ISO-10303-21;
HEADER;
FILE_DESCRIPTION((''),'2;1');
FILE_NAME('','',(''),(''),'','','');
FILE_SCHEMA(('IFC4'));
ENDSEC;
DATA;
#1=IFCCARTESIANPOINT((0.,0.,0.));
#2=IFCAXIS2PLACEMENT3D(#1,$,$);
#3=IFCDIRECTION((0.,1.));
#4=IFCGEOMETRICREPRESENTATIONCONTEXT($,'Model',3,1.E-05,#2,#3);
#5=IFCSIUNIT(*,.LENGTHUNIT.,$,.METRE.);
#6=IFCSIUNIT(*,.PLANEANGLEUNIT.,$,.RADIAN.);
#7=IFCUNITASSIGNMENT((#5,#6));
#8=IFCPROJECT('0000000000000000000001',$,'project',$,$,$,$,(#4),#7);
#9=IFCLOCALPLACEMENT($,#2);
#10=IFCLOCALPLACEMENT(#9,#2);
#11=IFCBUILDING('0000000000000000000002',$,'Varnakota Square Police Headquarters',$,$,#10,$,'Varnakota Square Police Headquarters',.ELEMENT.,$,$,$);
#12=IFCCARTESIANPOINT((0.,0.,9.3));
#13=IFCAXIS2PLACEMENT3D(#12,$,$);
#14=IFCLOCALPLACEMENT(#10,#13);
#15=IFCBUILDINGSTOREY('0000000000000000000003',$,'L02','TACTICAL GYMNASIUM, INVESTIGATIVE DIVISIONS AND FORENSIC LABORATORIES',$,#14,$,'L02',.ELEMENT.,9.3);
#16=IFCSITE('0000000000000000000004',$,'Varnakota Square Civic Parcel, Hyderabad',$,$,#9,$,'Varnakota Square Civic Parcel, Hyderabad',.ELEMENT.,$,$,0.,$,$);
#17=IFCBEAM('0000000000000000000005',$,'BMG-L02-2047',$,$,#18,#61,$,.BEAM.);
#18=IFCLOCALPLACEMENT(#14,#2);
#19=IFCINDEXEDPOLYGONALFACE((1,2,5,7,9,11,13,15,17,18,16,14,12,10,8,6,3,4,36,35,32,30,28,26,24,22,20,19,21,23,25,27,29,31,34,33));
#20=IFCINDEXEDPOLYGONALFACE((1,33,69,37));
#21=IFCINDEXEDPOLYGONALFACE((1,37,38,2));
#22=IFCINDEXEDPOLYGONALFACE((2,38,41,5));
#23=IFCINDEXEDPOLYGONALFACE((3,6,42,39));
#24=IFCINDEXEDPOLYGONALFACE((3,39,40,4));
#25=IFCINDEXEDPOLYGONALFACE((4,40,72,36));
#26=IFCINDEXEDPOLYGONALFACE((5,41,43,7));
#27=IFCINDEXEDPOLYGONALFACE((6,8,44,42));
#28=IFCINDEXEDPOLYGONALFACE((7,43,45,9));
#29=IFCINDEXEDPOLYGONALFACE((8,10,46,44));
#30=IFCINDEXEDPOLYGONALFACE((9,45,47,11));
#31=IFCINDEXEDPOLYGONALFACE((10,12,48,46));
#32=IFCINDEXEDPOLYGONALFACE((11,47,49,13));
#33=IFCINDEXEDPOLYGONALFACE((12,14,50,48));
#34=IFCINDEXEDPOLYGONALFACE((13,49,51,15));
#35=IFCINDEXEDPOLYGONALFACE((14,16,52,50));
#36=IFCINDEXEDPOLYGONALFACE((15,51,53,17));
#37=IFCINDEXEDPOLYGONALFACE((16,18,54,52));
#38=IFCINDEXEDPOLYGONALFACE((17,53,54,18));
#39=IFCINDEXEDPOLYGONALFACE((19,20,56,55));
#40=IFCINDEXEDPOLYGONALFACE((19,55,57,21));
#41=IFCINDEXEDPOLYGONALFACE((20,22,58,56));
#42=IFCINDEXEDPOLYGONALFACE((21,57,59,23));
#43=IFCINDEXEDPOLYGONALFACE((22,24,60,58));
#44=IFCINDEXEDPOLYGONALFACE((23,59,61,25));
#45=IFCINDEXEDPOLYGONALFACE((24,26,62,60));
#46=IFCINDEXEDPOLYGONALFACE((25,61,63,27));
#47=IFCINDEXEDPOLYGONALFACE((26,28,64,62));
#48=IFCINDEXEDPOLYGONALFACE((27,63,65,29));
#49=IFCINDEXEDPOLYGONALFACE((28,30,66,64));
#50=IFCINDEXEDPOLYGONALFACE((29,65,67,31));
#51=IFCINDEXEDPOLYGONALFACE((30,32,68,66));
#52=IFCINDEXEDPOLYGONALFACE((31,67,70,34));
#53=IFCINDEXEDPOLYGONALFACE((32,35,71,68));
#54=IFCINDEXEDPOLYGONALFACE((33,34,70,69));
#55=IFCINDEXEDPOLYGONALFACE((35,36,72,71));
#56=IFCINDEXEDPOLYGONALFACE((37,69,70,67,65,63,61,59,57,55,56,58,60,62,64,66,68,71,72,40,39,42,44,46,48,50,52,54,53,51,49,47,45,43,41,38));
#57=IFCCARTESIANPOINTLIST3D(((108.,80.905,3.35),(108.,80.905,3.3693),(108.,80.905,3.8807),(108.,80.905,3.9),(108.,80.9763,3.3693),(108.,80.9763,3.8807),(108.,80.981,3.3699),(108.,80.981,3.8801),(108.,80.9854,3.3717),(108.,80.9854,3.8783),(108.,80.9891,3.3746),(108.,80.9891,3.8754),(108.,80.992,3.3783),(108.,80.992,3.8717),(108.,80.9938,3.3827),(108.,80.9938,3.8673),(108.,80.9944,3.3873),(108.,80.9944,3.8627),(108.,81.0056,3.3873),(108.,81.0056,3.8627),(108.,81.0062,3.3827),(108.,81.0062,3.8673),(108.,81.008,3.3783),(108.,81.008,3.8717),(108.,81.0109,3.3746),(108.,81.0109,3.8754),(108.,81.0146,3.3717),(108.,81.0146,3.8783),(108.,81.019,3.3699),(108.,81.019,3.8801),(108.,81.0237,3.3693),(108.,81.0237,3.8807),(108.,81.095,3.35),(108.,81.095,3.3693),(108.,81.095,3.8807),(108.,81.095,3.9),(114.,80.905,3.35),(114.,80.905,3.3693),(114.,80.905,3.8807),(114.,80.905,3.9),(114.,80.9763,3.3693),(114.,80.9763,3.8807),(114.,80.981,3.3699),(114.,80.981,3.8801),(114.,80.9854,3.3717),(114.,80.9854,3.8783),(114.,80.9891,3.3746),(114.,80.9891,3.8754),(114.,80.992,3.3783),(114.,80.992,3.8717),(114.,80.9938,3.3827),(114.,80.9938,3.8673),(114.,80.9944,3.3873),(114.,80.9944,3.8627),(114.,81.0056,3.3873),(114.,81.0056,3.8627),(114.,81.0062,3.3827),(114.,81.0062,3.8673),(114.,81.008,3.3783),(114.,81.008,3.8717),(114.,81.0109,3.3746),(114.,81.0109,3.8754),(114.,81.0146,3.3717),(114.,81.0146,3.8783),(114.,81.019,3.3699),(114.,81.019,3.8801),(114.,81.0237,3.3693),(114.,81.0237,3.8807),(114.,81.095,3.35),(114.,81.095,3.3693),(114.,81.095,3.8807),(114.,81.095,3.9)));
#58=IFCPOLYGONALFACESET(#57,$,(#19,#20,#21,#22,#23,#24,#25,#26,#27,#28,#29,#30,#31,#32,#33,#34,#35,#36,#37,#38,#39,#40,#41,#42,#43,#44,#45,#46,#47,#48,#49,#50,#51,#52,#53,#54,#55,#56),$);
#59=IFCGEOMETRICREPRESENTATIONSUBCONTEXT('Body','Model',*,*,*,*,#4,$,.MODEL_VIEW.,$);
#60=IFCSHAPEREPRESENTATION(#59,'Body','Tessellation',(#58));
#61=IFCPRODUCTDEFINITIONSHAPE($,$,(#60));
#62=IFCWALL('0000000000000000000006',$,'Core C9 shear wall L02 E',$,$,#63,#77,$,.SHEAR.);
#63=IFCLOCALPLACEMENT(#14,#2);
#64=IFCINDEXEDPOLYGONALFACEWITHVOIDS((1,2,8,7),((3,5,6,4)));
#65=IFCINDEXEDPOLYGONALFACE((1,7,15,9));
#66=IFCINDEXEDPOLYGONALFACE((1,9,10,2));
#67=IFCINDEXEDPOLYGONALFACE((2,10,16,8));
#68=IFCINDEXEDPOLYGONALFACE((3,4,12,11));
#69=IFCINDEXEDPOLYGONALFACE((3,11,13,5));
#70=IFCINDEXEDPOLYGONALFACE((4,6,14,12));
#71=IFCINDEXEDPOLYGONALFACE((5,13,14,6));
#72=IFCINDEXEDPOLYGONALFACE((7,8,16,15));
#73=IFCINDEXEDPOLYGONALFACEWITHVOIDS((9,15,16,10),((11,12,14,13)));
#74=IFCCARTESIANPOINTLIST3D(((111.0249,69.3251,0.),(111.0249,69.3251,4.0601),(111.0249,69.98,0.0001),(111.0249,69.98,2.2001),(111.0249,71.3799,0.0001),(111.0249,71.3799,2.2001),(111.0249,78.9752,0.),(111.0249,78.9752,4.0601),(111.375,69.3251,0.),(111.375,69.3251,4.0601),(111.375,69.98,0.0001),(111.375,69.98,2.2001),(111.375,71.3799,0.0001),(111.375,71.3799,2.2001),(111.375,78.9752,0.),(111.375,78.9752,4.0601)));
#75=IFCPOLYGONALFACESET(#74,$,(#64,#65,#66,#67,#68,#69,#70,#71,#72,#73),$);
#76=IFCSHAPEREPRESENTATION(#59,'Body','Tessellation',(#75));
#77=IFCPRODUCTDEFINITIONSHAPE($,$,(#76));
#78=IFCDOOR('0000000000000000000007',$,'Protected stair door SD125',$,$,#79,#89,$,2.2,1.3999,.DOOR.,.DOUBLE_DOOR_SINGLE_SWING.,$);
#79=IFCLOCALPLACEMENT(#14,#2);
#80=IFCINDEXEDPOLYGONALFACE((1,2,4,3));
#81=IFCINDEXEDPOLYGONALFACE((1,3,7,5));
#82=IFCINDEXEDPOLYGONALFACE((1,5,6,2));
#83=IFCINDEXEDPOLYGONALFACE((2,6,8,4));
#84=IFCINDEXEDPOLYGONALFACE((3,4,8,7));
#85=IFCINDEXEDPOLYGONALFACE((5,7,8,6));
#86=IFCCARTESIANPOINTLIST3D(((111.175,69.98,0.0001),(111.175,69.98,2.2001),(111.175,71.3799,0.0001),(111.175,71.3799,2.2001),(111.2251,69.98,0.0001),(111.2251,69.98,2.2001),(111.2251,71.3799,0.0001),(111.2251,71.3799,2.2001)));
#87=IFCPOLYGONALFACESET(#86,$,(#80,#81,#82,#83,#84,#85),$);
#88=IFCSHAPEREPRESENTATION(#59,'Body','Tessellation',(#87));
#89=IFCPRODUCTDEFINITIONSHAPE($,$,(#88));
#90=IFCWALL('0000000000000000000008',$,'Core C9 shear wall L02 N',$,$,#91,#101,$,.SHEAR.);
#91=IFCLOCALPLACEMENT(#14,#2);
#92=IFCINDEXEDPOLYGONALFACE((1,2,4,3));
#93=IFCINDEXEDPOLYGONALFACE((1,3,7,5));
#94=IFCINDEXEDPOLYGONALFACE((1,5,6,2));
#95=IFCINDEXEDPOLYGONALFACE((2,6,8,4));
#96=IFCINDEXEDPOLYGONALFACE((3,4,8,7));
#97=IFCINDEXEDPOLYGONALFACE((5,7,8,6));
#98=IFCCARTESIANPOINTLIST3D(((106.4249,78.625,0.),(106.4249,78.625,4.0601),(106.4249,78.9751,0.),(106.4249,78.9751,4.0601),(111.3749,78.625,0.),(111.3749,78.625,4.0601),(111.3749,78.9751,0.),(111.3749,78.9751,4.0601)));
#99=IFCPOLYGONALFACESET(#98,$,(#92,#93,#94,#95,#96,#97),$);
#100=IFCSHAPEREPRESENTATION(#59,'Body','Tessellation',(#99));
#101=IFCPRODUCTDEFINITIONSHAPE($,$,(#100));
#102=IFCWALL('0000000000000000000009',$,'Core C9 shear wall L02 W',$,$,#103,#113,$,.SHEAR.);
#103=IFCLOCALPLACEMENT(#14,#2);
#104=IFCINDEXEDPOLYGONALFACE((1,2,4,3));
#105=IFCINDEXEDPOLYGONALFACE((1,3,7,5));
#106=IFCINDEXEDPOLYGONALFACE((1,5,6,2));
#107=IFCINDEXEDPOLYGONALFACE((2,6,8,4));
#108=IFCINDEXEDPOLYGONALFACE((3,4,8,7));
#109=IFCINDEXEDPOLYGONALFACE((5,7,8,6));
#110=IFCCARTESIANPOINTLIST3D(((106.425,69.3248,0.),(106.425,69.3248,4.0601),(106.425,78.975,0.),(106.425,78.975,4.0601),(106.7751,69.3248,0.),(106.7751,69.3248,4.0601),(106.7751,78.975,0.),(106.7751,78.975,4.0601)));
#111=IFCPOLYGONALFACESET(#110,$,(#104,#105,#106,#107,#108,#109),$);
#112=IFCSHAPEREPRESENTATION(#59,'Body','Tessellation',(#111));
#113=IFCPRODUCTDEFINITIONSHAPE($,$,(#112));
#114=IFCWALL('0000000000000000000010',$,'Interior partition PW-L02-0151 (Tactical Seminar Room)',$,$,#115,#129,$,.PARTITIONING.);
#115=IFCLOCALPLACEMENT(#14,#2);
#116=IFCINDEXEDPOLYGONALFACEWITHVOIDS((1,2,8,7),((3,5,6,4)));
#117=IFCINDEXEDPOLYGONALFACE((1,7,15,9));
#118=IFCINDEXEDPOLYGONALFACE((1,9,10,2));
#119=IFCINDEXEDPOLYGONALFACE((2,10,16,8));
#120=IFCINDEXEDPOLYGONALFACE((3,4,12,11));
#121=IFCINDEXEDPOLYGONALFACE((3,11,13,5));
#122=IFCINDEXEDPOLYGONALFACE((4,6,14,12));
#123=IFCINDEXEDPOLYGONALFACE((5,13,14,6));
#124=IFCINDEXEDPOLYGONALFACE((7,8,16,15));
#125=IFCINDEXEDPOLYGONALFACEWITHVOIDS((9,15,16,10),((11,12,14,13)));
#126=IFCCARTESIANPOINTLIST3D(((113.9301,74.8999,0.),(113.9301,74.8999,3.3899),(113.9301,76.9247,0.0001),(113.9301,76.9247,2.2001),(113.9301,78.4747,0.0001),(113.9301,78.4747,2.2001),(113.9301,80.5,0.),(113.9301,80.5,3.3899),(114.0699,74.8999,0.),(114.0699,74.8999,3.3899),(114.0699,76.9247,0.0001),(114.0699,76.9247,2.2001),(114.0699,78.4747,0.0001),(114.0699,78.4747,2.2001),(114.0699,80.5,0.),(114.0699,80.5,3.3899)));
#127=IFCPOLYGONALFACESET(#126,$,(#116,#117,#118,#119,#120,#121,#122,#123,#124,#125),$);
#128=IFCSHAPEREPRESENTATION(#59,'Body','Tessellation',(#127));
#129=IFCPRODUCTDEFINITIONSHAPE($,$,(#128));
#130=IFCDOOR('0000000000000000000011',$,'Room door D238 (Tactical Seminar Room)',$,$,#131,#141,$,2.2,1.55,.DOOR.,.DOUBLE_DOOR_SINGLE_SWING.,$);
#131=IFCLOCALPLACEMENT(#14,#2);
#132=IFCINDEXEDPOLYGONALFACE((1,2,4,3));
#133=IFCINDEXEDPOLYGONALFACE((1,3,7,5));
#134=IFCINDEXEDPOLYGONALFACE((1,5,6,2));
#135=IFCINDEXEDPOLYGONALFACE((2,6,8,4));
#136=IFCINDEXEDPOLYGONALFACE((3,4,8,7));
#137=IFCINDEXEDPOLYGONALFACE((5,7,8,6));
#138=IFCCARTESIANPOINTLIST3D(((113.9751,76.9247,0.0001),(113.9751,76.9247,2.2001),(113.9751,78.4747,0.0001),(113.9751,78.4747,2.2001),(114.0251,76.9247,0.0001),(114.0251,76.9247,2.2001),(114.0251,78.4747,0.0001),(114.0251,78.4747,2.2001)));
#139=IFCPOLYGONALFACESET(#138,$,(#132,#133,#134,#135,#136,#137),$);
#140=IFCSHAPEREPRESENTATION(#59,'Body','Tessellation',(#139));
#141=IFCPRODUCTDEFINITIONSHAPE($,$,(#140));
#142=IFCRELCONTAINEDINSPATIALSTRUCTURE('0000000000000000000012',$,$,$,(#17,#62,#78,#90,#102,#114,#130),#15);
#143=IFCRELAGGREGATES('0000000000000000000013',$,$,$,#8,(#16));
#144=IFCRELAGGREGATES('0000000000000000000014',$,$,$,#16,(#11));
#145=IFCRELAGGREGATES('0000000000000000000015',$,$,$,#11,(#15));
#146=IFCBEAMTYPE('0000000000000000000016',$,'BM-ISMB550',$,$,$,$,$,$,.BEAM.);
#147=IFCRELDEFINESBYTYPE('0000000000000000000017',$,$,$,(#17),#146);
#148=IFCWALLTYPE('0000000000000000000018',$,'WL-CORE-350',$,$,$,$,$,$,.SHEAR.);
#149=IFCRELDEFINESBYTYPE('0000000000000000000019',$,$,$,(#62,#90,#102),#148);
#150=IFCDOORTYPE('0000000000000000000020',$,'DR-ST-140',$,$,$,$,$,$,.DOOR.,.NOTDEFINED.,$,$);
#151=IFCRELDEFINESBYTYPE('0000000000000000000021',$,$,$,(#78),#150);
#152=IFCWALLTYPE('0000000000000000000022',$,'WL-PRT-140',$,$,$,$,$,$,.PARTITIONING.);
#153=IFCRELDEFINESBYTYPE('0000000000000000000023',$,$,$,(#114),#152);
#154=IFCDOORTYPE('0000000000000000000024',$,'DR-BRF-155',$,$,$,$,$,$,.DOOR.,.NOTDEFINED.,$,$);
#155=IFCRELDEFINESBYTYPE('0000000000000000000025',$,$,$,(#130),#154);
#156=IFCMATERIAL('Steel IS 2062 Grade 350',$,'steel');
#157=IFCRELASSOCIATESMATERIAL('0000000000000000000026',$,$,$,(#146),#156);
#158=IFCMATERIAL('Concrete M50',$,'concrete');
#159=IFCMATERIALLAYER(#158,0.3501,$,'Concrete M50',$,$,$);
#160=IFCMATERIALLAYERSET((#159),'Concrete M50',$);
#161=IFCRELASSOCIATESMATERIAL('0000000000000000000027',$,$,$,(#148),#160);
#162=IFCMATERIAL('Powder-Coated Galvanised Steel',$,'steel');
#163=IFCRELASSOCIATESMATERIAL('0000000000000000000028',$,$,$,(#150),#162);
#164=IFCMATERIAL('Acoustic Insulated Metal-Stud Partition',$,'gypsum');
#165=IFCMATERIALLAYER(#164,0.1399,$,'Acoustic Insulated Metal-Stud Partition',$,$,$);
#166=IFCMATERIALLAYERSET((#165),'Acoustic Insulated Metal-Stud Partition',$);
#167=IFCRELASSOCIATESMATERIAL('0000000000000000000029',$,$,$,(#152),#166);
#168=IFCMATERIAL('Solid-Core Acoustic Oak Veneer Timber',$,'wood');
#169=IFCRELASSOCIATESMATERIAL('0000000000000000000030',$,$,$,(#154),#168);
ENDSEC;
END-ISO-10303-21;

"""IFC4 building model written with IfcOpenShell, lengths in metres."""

from ifc_helpers import new_model, si_unit, direction, frame, frame_2d, origin, origin_2d, place, context, subcontext, project, spatial, rectangle, i_section, extrude, material, layer, layer_set, material_profile, profile_set, type_object, element, fill, save


model = new_model("IFC4")

# Units and contexts
model_context = context("Model", 3, precision=1e-05, world=origin(), true_north=direction((0.0, 1.0)))
body_context = subcontext(model_context, "Body", "Model", "MODEL_VIEW")
ifc_project = project(units=[si_unit("LENGTHUNIT", "METRE"), si_unit("PLANEANGLEUNIT", "RADIAN")], contexts=[model_context])

# Site, building, storey
site_placement = place(None, origin())
site = spatial("IfcSite", under=ifc_project, at=site_placement, Name="Varnakota Square Civic Parcel, Hyderabad", LongName="Varnakota Square Civic Parcel, Hyderabad", CompositionType="ELEMENT", RefElevation=0.0)
building_placement = place(site_placement, origin())
building = spatial("IfcBuilding", under=site, at=building_placement, Name="Varnakota Square Police Headquarters", LongName="Varnakota Square Police Headquarters", CompositionType="ELEMENT")
storey_placement = place(building_placement, frame((0.0, 0.0, 9.3)))
storey = spatial("IfcBuildingStorey", under=building, at=storey_placement, Name="L02", Description="TACTICAL GYMNASIUM, INVESTIGATIVE DIVISIONS AND FORENSIC LABORATORIES", LongName="L02", CompositionType="ELEMENT", Elevation=9.3)

# Shared definitions
ifc_material_1 = material(Name="Steel IS 2062 Grade 350", Category="steel")

# Beam
ifc_material_profile_1 = material_profile(ifc_material_1, i_section(OverallWidth=0.1899, OverallDepth=0.55, WebThickness=0.0112, FlangeThickness=0.0193, FilletRadius=0.0181, at=origin_2d()), Name="ISMB 550")
ifc_profile_set_1 = profile_set([ifc_material_profile_1], Name="Steel IS 2062 Grade 350")
beam_type_1 = type_object("IfcBeamType", Name="BM-ISMB550", PredefinedType="BEAM", material=ifc_profile_set_1)
beam_1_placement = place(storey_placement, frame((108.0, 81.0, 3.625), z_axis=(1.0, 0.0, 0.0), x_axis=(0.0, 1.0, 0.0)))
element("IfcBeam", 1, at=beam_1_placement, inside=storey, type_object=beam_type_1, Name="BMG-L02-2047", PredefinedType="BEAM", context=body_context, shape_type="SweptSolid", body=[
    extrude(i_section(OverallWidth=0.1899, OverallDepth=0.55, WebThickness=0.0112, FlangeThickness=0.0193, FilletRadius=0.0181, at=origin_2d()), origin(), (0.0, 0.0, 1.0), 6.0),
])

# Wall, opening, door
ifc_material_2 = material(Name="Concrete M50", Category="concrete")
ifc_layer_1 = layer(ifc_material_2, 0.3501, Name="Concrete M50")
ifc_layer_set_1 = layer_set([ifc_layer_1], Name="Concrete M50")
wall_type_1 = type_object("IfcWallType", Name="WL-CORE-350", PredefinedType="SHEAR", material=ifc_layer_set_1)
wall_1_placement = place(storey_placement, frame((111.2, 69.325, 0.0), z_axis=(0.0, 0.0, 1.0), x_axis=(0.0, 1.0, 0.0)))
wall_1 = element("IfcWall", 2, at=wall_1_placement, inside=storey, type_object=wall_type_1, Name="Core C9 shear wall L02 E", PredefinedType="SHEAR", context=body_context, shape_type="SweptSolid", body=[
    extrude(rectangle(XDim=9.6501, YDim=0.3501, at=frame_2d((4.8252, 0.0))), origin(), (0.0, 0.0, 1.0), 4.0601),
])
opening_1_placement = place(wall_1_placement, frame((0.655, 0.0, 0.0)))
opening_1 = element("IfcOpeningElement", 3, at=opening_1_placement, cuts=wall_1, PredefinedType="OPENING", context=body_context, shape_type="SweptSolid", body=[
    extrude(rectangle(XDim=1.3999, YDim=2.2, at=frame_2d((0.7, 1.1001))), frame((0.0, 0.1851, 0.0), z_axis=(0.0, -1.0, 0.0), x_axis=(1.0, 0.0, 0.0)), (0.0, 0.0, 1.0), 0.3701),
])
ifc_material_3 = material(Name="Powder-Coated Galvanised Steel", Category="steel")
door_type_1 = type_object("IfcDoorType", Name="DR-ST-140", OperationType="NOTDEFINED", PredefinedType="DOOR", material=ifc_material_3)
door_1_placement = place(opening_1_placement, origin())
door_1 = element("IfcDoor", 4, at=door_1_placement, inside=storey, type_object=door_type_1, Name="Protected stair door SD125", OperationType="DOUBLE_DOOR_SINGLE_SWING", OverallHeight=2.2, OverallWidth=1.3999, PredefinedType="DOOR", context=body_context, shape_type="SweptSolid", body=[
    extrude(rectangle(XDim=1.3999, YDim=2.2, at=frame_2d((0.7, 1.1001))), frame((0.0, 0.0249, 0.0), z_axis=(0.0, -1.0, 0.0), x_axis=(1.0, 0.0, 0.0)), (0.0, 0.0, 1.0), 0.05),
])
fill(opening_1, door_1)

# Walls
wall_2_placement = place(storey_placement, frame((111.375, 78.8, 0.0), z_axis=(0.0, 0.0, 1.0), x_axis=(-1.0, 0.0, 0.0)))
element("IfcWall", 5, at=wall_2_placement, inside=storey, type_object=wall_type_1, Name="Core C9 shear wall L02 N", PredefinedType="SHEAR", context=body_context, shape_type="SweptSolid", body=[
    extrude(rectangle(XDim=4.95, YDim=0.3501, at=frame_2d((2.4751, 0.0))), origin(), (0.0, 0.0, 1.0), 4.0601),
])
wall_3_placement = place(storey_placement, frame((106.6001, 78.9751, 0.0), z_axis=(0.0, 0.0, 1.0), x_axis=(0.0, -1.0, 0.0)))
element("IfcWall", 6, at=wall_3_placement, inside=storey, type_object=wall_type_1, Name="Core C9 shear wall L02 W", PredefinedType="SHEAR", context=body_context, shape_type="SweptSolid", body=[
    extrude(rectangle(XDim=9.6501, YDim=0.3501, at=frame_2d((4.8252, 0.0))), origin(), (0.0, 0.0, 1.0), 4.0601),
])

# Wall, opening, door
ifc_material_4 = material(Name="Acoustic Insulated Metal-Stud Partition", Category="gypsum")
ifc_layer_2 = layer(ifc_material_4, 0.1399, Name="Acoustic Insulated Metal-Stud Partition")
ifc_layer_set_2 = layer_set([ifc_layer_2], Name="Acoustic Insulated Metal-Stud Partition")
wall_type_2 = type_object("IfcWallType", Name="WL-PRT-140", PredefinedType="PARTITIONING", material=ifc_layer_set_2)
wall_4_placement = place(storey_placement, frame((114.0, 74.8999, 0.0), z_axis=(0.0, 0.0, 1.0), x_axis=(0.0, 1.0, 0.0)))
wall_4 = element("IfcWall", 7, at=wall_4_placement, inside=storey, type_object=wall_type_2, Name="Interior partition PW-L02-0151 (Tactical Seminar Room)", PredefinedType="PARTITIONING", context=body_context, shape_type="SweptSolid", body=[
    extrude(rectangle(XDim=5.6001, YDim=0.1399, at=frame_2d((2.8, 0.0))), origin(), (0.0, 0.0, 1.0), 3.3899),
])
opening_2_placement = place(wall_4_placement, frame((2.0249, 0.0, 0.0)))
opening_2 = element("IfcOpeningElement", 8, at=opening_2_placement, cuts=wall_4, PredefinedType="OPENING", context=body_context, shape_type="SweptSolid", body=[
    extrude(rectangle(XDim=1.55, YDim=2.2, at=frame_2d((0.7749, 1.1001))), frame((0.0, 0.0798, 0.0), z_axis=(0.0, -1.0, 0.0), x_axis=(1.0, 0.0, 0.0)), (0.0, 0.0, 1.0), 0.1599),
])
ifc_material_5 = material(Name="Solid-Core Acoustic Oak Veneer Timber", Category="wood")
door_type_2 = type_object("IfcDoorType", Name="DR-BRF-155", OperationType="NOTDEFINED", PredefinedType="DOOR", material=ifc_material_5)
door_2_placement = place(opening_2_placement, origin())
door_2 = element("IfcDoor", 9, at=door_2_placement, inside=storey, type_object=door_type_2, Name="Room door D238 (Tactical Seminar Room)", OperationType="DOUBLE_DOOR_SINGLE_SWING", OverallHeight=2.2, OverallWidth=1.55, PredefinedType="DOOR", context=body_context, shape_type="SweptSolid", body=[
    extrude(rectangle(XDim=1.55, YDim=2.2, at=frame_2d((0.7749, 1.1001))), frame((0.0, 0.0249, 0.0), z_axis=(0.0, -1.0, 0.0), x_axis=(1.0, 0.0, 0.0)), (0.0, 0.0, 1.0), 0.05),
])
fill(opening_2, door_2)

save(model, "model.ifc")
